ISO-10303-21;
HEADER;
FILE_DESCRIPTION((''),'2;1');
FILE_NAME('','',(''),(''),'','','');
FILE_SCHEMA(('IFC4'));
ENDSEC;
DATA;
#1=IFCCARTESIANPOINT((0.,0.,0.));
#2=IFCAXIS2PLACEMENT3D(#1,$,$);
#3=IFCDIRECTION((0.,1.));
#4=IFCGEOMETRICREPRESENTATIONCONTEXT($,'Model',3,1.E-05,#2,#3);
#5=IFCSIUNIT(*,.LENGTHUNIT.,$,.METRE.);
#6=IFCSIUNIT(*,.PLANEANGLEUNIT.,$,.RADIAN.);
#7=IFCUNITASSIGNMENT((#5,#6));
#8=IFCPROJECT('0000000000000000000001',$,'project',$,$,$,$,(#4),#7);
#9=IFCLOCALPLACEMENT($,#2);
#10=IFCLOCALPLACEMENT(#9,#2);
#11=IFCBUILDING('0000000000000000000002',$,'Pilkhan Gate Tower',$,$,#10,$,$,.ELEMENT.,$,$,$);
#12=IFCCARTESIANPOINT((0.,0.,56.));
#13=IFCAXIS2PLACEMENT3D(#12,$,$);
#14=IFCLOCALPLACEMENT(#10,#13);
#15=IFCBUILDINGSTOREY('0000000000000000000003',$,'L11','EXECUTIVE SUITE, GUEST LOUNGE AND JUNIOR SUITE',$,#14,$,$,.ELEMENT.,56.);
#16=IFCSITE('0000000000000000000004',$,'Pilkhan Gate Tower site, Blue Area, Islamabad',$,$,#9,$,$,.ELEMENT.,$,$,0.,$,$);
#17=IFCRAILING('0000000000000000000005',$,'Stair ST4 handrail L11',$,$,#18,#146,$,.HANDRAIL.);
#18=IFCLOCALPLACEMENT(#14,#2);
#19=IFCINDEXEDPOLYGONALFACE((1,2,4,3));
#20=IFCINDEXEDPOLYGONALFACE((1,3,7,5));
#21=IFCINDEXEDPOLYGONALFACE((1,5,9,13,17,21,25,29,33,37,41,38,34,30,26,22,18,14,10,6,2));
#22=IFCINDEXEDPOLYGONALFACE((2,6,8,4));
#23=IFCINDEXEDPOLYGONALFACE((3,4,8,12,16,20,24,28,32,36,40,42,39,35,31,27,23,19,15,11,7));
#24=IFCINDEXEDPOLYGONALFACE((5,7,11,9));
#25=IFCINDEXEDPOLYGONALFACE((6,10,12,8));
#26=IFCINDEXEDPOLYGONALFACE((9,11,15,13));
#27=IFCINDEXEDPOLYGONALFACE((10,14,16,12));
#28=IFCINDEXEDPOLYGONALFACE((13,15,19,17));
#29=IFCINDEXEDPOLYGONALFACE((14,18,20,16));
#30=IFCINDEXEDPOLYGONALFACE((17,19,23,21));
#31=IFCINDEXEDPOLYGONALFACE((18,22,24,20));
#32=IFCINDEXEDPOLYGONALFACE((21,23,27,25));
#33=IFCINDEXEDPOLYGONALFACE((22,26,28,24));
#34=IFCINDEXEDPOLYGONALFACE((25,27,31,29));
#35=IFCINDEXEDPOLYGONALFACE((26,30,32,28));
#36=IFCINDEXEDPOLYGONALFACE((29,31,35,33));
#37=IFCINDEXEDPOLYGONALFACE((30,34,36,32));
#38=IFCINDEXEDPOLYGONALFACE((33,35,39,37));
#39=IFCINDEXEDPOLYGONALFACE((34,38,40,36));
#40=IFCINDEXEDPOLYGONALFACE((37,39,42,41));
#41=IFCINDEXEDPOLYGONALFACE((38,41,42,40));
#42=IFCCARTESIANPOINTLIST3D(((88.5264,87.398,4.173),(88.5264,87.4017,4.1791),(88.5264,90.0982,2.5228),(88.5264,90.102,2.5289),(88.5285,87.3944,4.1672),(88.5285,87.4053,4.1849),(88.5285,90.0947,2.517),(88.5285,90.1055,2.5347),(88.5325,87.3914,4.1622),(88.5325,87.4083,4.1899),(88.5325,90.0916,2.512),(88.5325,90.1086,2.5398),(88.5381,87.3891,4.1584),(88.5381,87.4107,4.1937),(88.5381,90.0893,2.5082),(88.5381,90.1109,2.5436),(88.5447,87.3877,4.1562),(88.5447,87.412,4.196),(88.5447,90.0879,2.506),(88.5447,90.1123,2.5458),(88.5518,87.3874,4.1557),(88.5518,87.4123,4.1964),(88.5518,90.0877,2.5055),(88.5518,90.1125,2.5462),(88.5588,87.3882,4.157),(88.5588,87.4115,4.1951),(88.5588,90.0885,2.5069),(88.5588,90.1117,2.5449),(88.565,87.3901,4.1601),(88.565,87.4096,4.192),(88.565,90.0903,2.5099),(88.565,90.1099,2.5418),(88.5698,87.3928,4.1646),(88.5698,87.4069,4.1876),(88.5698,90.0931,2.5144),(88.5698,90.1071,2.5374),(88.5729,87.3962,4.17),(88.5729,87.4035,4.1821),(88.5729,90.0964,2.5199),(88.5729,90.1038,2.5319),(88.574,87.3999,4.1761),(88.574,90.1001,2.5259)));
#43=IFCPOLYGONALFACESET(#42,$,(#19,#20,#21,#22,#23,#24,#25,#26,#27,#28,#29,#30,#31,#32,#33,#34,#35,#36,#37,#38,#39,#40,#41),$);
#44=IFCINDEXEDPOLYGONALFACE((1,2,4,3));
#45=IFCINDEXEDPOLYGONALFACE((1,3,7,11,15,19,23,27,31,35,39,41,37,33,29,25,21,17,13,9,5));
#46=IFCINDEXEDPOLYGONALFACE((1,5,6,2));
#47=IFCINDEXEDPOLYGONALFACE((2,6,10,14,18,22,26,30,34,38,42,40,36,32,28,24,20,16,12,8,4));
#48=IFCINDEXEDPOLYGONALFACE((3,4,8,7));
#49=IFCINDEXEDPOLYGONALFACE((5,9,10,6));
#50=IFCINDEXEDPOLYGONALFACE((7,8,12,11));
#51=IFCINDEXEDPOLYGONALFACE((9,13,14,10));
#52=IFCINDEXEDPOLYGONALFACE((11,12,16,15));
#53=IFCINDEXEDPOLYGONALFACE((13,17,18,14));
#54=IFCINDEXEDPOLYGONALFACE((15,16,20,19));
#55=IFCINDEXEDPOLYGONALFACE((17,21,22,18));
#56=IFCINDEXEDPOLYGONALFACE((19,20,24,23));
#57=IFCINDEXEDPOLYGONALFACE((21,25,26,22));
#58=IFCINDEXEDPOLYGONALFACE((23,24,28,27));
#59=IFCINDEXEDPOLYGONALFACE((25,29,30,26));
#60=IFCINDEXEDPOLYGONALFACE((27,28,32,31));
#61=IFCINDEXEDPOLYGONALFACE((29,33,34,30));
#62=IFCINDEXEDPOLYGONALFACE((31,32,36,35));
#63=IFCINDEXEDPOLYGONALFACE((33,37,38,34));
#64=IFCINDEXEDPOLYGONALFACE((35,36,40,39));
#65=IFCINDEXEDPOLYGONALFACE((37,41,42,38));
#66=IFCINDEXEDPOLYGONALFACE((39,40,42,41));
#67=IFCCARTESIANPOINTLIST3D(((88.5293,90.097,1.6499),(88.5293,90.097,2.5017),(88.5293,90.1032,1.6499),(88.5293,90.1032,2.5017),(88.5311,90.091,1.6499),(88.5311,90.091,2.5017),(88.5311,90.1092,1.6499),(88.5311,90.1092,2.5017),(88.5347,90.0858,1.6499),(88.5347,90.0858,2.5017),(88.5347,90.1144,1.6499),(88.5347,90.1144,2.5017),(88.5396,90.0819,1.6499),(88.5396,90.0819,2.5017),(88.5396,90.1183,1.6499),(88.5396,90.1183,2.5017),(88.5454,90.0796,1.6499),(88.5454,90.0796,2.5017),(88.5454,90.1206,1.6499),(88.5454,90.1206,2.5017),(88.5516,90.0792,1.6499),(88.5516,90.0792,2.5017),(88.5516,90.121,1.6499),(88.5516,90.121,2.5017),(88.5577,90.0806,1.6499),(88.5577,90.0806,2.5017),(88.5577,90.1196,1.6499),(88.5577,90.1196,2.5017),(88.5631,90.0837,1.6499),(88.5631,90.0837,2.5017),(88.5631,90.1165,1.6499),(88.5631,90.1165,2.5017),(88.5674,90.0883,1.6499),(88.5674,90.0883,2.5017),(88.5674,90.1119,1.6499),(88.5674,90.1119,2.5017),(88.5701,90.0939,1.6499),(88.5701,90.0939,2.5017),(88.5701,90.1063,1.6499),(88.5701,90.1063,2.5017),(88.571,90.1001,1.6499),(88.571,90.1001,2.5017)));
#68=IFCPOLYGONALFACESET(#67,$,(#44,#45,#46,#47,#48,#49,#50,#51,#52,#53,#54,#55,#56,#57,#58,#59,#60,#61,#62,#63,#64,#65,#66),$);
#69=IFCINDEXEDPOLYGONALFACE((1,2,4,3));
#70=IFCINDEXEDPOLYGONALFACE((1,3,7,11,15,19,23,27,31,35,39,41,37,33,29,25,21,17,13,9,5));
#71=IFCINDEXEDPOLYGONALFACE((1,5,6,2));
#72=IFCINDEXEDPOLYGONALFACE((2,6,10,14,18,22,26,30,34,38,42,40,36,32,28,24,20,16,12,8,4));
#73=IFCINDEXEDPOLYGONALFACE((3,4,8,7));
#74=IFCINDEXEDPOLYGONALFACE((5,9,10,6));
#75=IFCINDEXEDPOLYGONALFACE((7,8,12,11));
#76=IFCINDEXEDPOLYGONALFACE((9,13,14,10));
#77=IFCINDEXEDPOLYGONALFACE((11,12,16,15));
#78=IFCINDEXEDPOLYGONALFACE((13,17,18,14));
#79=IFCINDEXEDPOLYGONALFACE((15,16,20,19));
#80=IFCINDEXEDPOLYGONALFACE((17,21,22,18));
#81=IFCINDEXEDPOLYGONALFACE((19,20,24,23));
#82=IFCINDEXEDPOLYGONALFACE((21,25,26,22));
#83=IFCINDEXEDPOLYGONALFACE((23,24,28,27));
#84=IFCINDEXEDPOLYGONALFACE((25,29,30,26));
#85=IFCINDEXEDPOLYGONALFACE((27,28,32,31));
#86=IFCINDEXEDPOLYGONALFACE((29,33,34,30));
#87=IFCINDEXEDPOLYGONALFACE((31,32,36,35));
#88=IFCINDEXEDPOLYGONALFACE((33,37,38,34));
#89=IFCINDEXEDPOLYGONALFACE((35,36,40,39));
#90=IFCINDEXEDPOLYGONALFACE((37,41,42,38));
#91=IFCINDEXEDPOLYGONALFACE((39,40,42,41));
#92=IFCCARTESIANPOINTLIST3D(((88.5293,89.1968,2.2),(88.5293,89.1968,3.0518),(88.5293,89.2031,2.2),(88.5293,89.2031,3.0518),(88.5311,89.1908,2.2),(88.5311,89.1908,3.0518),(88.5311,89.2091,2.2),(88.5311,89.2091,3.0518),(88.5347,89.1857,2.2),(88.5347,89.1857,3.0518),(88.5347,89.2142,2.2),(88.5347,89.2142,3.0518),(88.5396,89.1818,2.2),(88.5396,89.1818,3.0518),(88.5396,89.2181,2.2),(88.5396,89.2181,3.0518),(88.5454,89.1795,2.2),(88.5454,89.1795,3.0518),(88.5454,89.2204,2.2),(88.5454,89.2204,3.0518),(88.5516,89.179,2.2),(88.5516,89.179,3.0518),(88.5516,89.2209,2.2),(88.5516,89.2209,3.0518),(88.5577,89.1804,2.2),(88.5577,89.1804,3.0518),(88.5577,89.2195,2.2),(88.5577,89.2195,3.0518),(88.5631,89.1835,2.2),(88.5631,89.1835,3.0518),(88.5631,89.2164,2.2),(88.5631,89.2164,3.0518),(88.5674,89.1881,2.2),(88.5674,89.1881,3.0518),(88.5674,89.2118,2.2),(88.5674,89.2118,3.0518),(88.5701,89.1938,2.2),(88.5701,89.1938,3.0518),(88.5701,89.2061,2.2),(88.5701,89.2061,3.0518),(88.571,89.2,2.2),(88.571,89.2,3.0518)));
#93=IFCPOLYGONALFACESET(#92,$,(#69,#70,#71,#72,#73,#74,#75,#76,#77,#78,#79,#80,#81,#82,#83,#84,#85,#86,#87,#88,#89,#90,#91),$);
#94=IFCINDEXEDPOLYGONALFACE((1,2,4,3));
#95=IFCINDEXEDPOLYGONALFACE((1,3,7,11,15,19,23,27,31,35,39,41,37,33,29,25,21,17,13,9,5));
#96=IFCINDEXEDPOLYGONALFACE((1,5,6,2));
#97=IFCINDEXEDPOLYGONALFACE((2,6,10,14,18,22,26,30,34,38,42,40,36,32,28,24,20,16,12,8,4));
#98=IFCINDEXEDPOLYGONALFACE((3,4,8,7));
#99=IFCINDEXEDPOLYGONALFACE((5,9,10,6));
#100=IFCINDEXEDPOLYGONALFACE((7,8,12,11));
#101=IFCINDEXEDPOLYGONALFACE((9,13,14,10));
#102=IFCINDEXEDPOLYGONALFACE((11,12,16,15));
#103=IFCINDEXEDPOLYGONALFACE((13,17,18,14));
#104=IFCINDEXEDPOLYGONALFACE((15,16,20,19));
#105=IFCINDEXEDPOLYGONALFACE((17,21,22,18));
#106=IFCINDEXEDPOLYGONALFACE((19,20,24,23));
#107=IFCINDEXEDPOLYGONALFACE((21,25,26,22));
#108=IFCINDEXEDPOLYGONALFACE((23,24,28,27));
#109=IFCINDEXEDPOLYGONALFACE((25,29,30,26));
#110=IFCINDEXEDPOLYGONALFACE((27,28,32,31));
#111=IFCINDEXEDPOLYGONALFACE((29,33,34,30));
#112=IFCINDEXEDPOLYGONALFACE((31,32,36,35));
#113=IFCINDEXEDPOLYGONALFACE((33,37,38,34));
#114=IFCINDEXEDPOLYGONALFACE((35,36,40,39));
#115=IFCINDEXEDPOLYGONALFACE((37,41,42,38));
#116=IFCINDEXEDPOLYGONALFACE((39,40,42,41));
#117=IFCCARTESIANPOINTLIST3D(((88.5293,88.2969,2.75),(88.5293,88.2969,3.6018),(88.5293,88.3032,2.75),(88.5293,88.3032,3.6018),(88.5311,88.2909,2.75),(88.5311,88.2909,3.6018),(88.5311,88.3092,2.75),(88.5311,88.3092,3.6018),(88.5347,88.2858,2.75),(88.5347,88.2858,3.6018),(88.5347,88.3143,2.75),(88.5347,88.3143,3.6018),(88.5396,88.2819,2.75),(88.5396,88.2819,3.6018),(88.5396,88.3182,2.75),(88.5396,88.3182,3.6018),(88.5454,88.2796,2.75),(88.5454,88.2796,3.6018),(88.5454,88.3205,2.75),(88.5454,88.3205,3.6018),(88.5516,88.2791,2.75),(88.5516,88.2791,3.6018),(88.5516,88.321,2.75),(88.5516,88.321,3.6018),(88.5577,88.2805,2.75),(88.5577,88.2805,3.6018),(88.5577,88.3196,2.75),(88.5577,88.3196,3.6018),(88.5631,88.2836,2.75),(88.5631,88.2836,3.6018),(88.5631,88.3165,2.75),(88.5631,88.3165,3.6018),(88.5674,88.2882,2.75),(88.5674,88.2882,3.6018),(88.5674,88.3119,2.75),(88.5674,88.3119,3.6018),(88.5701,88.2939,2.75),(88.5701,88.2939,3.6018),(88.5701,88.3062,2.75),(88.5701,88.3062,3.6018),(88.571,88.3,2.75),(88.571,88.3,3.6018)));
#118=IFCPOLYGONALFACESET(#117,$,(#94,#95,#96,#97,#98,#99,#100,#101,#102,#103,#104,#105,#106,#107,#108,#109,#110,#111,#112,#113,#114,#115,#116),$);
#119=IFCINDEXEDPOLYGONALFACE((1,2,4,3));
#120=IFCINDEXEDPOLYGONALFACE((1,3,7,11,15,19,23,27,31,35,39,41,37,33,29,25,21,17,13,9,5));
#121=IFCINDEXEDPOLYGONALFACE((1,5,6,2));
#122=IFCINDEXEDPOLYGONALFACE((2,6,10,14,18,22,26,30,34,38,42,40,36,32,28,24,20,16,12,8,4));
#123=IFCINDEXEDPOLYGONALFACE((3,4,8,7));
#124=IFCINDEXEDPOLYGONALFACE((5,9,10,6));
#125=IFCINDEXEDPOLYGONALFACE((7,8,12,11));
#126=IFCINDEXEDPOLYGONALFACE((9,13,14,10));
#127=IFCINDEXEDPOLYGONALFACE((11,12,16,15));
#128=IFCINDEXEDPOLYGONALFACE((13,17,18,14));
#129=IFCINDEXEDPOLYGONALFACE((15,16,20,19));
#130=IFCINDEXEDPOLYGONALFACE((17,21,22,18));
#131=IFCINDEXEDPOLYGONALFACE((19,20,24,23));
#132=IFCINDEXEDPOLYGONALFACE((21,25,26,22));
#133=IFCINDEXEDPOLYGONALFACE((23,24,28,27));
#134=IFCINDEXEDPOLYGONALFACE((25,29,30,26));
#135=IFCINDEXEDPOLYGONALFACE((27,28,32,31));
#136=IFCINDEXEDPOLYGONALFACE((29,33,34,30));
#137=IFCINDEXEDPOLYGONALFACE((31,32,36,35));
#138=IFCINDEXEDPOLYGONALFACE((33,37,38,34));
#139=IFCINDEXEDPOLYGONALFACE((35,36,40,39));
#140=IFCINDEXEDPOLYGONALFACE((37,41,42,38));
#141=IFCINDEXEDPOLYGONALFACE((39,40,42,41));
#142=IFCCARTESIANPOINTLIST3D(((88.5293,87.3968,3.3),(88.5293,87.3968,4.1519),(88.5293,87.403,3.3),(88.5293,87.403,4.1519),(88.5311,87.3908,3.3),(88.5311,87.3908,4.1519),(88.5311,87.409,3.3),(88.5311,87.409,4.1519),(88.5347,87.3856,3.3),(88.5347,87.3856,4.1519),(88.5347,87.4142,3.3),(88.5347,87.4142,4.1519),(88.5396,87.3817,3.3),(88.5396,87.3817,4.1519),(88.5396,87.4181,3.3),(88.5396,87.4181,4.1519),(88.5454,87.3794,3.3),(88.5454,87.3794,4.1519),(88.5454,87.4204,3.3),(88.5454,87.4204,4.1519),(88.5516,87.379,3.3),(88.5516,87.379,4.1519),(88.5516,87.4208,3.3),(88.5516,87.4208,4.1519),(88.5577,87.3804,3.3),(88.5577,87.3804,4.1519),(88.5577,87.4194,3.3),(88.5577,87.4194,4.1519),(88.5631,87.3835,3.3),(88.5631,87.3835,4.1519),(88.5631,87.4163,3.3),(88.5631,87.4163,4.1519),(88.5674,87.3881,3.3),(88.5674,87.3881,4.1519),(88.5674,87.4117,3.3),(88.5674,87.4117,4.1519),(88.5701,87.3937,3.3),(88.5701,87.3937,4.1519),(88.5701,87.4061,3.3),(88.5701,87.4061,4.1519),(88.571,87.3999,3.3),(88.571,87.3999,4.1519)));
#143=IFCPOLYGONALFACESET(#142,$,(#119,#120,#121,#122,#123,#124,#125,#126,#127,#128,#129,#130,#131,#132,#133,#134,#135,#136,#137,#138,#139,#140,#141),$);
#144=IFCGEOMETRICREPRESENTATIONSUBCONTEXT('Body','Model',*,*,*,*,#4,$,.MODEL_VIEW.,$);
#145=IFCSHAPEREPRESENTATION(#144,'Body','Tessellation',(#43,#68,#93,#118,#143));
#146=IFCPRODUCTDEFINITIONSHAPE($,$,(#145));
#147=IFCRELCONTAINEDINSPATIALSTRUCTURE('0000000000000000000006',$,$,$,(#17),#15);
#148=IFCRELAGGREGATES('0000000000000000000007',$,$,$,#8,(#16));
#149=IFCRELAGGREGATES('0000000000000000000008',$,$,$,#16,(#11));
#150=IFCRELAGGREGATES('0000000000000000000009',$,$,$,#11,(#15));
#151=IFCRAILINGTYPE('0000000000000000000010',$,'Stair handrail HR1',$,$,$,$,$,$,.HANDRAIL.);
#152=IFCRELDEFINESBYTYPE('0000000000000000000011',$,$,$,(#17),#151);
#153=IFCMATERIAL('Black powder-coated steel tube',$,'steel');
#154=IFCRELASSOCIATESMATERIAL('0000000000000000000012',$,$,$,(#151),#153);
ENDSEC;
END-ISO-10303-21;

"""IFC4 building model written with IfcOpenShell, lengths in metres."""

from ifc_helpers import new_model, si_unit, direction, frame, origin, origin_2d, place, context, subcontext, project, spatial, circle, extrude, material, type_object, element, save


model = new_model("IFC4")

# Units and contexts
model_context = context("Model", 3, precision=1e-05, world=origin(), true_north=direction((0.0, 1.0)))
body_context = subcontext(model_context, "Body", "Model", "MODEL_VIEW")
ifc_project = project(units=[si_unit("LENGTHUNIT", "METRE"), si_unit("PLANEANGLEUNIT", "RADIAN")], contexts=[model_context])

# Site, building, storey
site_placement = place(None, origin())
site = spatial("IfcSite", under=ifc_project, at=site_placement, Name="Pilkhan Gate Tower site, Blue Area, Islamabad", CompositionType="ELEMENT", RefElevation=0.0)
building_placement = place(site_placement, origin())
building = spatial("IfcBuilding", under=site, at=building_placement, Name="Pilkhan Gate Tower", CompositionType="ELEMENT")
storey_placement = place(building_placement, frame((0.0, 0.0, 56.0)))
storey = spatial("IfcBuildingStorey", under=building, at=storey_placement, Name="L11", Description="EXECUTIVE SUITE, GUEST LOUNGE AND JUNIOR SUITE", CompositionType="ELEMENT", Elevation=56.0)

# Railing
ifc_material_1 = material(Name="Black powder-coated steel tube", Category="steel")
railing_type_1 = type_object("IfcRailingType", Name="Stair handrail HR1", PredefinedType="HANDRAIL", material=ifc_material_1)
railing_1_placement = place(storey_placement, frame((88.55, 90.1001, 1.6499)))
element("IfcRailing", 1, at=railing_1_placement, inside=storey, type_object=railing_type_1, Name="Stair ST4 handrail L11", PredefinedType="HANDRAIL", context=body_context, shape_type="SweptSolid", body=[
    extrude(circle(Radius=0.0239, at=origin_2d()), frame((0.0, 0.0, 0.876), z_axis=(0.0, -0.853278, 0.521456), x_axis=(1.0, 0.0, 0.0)), (0.0, 0.0, 1.0), 3.1646),
    extrude(circle(Radius=0.021, at=origin_2d()), origin(), (0.0, 0.0, 1.0), 0.8518),
    extrude(circle(Radius=0.021, at=origin_2d()), frame((0.0, -0.9001, 0.55)), (0.0, 0.0, 1.0), 0.8518),
    extrude(circle(Radius=0.021, at=origin_2d()), frame((0.0, -1.8, 1.1001)), (0.0, 0.0, 1.0), 0.8518),
    extrude(circle(Radius=0.021, at=origin_2d()), frame((0.0, -2.7002, 1.6501)), (0.0, 0.0, 1.0), 0.8518),
])

save(model, "model.ifc")
